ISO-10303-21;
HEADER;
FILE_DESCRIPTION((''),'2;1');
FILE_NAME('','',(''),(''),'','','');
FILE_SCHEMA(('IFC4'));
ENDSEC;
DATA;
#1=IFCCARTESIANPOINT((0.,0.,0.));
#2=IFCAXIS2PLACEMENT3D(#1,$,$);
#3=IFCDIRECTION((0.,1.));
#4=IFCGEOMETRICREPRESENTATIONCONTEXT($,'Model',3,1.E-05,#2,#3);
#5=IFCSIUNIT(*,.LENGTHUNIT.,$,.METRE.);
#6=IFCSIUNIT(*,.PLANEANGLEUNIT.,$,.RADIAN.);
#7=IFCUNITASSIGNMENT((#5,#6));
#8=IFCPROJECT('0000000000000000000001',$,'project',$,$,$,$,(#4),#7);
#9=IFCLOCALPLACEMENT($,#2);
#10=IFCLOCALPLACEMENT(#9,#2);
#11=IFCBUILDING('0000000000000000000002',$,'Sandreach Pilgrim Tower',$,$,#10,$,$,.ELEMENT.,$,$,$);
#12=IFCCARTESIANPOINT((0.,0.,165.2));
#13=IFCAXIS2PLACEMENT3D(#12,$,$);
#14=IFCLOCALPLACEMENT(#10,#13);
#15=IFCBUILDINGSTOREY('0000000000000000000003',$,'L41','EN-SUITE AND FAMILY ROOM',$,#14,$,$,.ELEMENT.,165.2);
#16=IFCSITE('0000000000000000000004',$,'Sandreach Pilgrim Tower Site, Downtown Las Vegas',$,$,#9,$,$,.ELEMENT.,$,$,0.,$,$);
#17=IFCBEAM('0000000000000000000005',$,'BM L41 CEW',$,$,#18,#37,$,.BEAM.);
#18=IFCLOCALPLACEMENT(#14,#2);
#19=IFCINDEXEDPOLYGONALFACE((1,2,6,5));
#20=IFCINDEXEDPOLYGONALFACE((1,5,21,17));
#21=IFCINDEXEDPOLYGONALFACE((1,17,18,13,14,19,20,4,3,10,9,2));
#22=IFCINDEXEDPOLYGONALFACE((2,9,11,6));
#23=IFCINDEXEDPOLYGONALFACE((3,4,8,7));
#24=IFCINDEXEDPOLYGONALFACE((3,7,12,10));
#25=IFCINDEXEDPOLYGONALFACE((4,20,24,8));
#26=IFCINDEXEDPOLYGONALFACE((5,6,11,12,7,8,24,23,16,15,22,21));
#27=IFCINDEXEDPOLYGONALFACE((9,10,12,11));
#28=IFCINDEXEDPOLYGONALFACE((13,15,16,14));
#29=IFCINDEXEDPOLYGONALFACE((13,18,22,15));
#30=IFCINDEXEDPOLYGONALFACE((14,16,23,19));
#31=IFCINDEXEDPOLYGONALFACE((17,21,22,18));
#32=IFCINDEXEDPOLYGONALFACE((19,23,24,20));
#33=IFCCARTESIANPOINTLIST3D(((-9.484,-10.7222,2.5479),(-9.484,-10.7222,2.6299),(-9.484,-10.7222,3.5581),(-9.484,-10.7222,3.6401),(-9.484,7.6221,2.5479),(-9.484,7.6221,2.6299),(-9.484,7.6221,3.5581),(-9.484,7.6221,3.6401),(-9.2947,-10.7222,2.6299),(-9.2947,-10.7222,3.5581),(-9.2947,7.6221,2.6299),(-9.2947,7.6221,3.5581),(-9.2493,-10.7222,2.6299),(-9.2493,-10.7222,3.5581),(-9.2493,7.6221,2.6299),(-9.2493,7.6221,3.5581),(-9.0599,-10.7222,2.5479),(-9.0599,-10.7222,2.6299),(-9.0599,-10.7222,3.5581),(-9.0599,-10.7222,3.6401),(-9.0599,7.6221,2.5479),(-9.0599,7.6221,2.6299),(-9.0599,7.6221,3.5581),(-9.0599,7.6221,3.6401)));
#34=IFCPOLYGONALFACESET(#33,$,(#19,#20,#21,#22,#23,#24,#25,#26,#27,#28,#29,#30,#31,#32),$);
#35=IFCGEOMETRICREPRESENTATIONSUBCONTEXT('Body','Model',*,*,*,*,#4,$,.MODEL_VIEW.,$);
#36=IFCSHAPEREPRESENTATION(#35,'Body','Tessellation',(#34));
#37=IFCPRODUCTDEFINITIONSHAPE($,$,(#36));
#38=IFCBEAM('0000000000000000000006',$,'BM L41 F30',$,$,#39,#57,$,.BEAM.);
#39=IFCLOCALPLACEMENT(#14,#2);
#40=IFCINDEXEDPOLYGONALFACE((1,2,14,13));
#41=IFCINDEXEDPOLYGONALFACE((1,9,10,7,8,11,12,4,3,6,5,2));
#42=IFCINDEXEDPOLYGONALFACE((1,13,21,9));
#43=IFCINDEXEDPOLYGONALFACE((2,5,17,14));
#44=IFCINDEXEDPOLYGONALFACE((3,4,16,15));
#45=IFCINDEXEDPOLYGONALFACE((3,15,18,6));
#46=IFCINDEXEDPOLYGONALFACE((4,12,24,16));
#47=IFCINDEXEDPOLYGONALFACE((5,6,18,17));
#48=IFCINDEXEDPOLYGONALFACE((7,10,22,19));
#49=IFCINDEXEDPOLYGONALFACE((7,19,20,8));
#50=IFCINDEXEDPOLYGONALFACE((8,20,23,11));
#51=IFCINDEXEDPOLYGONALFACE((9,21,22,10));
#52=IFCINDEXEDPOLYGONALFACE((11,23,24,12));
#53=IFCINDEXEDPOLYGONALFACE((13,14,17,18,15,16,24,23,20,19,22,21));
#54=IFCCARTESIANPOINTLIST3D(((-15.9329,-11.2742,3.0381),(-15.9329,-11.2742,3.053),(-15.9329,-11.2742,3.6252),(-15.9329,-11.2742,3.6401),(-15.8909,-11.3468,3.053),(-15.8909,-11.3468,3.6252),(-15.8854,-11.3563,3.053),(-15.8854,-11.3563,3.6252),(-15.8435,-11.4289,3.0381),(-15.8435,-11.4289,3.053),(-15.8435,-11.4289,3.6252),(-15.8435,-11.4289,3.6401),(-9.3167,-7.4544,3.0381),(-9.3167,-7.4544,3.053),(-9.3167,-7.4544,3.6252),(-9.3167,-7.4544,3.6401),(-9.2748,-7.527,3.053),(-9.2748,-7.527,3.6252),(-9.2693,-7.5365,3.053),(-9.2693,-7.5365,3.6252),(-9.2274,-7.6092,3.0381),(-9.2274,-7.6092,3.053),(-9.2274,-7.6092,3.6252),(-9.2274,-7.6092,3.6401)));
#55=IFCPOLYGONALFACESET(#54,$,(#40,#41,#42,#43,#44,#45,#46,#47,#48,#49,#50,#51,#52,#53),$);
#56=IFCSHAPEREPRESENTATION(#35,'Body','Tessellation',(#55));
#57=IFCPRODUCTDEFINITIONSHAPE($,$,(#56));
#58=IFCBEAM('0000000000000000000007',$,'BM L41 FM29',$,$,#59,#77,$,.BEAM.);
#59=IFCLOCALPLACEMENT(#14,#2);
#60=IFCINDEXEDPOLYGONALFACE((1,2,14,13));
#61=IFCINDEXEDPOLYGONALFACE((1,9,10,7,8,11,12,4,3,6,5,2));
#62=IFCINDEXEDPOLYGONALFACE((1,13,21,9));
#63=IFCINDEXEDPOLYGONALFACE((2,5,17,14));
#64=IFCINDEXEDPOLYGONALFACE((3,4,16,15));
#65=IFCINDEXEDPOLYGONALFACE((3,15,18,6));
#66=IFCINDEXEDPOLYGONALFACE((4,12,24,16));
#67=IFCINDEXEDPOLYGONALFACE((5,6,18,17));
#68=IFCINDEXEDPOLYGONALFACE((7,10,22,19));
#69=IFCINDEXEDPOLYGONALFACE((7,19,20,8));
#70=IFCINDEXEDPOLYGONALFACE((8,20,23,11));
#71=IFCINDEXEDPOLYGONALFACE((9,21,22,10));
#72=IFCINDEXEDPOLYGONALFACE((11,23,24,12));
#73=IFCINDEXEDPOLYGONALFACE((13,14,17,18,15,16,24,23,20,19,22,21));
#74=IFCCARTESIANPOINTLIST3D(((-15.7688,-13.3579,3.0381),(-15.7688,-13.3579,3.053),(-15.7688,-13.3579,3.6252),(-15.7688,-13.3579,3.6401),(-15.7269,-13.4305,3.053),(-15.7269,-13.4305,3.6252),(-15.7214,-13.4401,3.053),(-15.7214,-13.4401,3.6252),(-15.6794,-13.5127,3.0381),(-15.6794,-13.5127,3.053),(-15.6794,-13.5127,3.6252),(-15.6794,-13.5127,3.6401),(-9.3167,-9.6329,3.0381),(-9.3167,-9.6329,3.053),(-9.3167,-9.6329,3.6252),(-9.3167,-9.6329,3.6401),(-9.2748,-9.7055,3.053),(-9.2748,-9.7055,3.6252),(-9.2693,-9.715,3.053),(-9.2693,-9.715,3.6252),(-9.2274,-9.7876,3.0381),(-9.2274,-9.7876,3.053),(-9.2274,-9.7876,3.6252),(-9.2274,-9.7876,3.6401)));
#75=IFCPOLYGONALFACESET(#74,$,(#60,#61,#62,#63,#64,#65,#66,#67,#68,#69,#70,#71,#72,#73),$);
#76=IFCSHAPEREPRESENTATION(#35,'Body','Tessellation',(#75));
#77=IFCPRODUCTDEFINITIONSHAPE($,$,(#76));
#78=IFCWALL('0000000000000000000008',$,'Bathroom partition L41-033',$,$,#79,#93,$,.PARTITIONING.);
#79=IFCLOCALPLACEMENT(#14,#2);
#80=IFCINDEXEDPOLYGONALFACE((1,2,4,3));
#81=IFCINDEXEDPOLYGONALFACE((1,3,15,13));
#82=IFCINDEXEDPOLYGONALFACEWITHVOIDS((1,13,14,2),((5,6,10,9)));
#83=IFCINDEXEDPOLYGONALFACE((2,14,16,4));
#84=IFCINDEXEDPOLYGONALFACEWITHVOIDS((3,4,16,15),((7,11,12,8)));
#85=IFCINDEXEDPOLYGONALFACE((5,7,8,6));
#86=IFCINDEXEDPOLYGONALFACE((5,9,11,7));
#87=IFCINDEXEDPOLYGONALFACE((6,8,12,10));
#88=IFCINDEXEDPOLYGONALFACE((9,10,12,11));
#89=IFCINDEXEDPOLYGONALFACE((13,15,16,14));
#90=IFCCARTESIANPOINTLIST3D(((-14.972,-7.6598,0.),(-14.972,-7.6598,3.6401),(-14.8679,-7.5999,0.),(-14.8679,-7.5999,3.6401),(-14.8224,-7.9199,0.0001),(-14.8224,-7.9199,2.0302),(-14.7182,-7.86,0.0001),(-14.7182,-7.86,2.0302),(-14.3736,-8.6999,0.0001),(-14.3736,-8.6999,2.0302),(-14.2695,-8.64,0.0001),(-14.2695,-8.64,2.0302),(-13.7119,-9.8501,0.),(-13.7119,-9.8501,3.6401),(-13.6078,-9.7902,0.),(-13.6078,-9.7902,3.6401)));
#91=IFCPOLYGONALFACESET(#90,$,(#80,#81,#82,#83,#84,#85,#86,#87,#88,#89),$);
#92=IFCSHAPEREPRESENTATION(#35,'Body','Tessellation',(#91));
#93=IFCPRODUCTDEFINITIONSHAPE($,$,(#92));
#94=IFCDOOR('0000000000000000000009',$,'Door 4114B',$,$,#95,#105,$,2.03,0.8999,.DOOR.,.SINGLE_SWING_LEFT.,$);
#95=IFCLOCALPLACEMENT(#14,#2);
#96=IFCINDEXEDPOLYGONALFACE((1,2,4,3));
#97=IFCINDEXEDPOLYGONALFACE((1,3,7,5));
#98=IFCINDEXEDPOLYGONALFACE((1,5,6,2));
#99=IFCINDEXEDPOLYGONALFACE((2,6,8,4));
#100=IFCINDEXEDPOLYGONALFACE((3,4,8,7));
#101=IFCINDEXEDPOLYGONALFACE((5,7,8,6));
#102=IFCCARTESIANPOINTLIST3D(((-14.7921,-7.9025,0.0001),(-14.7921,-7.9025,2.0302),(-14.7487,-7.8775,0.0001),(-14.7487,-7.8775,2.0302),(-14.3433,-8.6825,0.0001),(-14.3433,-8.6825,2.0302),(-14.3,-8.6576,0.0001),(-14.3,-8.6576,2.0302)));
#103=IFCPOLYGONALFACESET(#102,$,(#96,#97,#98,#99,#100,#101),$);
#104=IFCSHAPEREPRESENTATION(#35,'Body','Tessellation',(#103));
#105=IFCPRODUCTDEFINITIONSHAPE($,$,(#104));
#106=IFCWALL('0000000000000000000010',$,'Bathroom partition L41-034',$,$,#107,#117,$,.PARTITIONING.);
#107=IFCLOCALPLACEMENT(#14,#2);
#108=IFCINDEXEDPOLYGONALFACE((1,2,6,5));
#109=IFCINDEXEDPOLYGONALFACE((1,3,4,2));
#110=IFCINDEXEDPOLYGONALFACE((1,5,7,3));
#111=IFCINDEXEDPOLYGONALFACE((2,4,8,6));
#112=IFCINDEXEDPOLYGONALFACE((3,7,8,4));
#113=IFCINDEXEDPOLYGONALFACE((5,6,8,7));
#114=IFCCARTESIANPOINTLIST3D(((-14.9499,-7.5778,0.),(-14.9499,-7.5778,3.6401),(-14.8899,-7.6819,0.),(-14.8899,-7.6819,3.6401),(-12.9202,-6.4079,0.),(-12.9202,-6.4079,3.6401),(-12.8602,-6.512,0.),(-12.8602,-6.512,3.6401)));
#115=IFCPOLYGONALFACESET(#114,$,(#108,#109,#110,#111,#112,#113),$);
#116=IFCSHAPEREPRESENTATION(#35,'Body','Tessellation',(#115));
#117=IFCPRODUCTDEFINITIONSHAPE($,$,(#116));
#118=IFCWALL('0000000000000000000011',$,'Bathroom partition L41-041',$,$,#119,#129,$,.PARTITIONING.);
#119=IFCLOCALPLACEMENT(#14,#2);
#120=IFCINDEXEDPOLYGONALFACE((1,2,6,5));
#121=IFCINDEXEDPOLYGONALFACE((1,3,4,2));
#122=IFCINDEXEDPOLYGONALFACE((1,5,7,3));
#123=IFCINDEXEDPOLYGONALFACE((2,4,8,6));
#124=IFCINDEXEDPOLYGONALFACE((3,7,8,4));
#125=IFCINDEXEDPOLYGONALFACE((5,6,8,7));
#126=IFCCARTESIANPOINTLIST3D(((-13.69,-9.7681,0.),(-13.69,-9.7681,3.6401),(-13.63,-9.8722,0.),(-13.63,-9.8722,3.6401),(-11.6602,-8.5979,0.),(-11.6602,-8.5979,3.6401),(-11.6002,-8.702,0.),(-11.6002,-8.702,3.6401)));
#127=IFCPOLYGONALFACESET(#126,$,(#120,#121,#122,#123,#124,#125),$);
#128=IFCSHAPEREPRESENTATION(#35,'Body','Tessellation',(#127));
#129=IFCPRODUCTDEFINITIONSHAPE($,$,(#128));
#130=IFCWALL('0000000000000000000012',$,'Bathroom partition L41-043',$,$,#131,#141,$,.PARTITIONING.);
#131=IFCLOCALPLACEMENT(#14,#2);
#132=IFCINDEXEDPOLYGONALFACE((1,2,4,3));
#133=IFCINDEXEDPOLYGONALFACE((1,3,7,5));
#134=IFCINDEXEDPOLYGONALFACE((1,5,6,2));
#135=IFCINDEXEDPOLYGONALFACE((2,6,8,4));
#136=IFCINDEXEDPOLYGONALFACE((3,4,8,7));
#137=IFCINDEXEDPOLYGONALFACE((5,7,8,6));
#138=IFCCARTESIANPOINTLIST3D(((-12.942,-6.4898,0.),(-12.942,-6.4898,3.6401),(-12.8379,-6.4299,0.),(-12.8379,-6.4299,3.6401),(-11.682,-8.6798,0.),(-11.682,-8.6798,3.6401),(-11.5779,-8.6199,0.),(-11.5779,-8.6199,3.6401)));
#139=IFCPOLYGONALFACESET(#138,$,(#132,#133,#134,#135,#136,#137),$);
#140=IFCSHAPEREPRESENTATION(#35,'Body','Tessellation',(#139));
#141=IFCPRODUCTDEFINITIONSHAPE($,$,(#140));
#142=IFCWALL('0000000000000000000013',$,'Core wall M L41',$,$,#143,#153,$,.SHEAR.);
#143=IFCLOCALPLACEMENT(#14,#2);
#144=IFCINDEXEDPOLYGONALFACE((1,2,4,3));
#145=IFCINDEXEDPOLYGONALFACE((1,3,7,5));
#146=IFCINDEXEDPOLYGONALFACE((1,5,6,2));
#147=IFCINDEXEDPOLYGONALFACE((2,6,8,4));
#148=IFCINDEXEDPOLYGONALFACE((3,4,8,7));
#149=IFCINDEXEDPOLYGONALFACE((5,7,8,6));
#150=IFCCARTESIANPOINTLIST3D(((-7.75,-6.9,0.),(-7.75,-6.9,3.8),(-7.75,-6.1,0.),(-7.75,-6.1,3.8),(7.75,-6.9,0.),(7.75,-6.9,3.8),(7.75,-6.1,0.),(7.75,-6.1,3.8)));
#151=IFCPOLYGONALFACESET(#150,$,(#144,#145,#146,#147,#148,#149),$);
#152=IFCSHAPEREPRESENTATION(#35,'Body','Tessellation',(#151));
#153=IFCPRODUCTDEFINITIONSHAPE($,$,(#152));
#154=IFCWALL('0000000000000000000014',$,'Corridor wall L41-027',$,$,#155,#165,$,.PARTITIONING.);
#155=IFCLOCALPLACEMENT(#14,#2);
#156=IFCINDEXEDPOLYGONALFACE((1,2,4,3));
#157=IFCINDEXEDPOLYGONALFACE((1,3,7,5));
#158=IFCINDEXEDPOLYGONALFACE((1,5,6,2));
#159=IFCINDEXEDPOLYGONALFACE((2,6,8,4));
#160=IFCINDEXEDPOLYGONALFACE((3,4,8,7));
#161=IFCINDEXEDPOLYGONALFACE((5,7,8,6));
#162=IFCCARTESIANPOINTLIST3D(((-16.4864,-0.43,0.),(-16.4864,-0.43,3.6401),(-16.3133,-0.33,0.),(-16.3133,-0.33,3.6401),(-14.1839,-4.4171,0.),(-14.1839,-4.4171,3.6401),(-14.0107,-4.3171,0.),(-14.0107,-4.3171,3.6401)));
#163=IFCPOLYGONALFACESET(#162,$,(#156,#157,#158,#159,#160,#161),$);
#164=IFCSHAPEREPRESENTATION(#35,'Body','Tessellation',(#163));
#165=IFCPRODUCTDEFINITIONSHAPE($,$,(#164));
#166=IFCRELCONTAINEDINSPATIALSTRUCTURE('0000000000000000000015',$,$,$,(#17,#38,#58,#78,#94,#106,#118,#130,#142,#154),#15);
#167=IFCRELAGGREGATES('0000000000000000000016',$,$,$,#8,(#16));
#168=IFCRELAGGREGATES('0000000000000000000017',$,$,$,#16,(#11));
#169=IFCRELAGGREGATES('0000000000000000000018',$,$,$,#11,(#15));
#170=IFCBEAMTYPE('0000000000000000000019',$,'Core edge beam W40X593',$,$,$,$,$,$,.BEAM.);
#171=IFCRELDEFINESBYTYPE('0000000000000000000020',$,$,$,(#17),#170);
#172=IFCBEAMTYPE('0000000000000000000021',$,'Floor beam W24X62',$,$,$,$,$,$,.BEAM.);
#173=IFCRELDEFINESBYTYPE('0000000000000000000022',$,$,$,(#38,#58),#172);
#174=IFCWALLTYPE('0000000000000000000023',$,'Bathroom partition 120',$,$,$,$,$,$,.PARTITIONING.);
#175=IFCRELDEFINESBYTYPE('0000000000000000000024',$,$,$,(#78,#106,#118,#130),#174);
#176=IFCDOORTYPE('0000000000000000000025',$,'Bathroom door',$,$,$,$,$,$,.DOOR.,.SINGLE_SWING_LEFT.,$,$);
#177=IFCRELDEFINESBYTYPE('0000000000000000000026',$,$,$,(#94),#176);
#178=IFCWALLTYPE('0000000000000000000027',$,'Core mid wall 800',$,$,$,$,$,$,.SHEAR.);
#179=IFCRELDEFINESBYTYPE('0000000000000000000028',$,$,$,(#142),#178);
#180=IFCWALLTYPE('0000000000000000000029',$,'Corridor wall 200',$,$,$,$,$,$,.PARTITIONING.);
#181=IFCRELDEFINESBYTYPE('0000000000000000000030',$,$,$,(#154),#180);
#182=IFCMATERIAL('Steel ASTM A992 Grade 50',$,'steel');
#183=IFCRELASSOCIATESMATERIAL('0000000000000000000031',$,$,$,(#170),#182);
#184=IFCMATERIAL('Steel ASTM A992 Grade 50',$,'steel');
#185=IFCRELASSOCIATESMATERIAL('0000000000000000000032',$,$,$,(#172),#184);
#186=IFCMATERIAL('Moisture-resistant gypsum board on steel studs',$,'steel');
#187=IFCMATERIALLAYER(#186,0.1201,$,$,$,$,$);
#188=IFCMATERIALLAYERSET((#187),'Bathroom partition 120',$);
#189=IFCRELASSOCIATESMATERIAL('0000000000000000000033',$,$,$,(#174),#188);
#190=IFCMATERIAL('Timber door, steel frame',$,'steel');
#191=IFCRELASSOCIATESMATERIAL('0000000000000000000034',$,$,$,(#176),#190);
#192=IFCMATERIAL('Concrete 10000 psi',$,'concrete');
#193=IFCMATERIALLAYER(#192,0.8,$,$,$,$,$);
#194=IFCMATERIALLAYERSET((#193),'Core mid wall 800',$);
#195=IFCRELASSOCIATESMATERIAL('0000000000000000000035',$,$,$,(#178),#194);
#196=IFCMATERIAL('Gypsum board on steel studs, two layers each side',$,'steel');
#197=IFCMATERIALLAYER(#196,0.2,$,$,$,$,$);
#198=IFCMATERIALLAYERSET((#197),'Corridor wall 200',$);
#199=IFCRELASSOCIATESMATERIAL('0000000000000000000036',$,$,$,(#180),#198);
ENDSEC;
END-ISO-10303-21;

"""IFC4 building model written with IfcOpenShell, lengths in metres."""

from ifc_helpers import new_model, si_unit, direction, frame, frame_2d, origin, origin_2d, place, context, subcontext, project, spatial, rectangle, i_section, extrude, material, layer, layer_set, material_profile, profile_set, type_object, element, fill, save


model = new_model("IFC4")

# Units and contexts
model_context = context("Model", 3, precision=1e-05, world=origin(), true_north=direction((0.0, 1.0)))
body_context = subcontext(model_context, "Body", "Model", "MODEL_VIEW")
ifc_project = project(units=[si_unit("LENGTHUNIT", "METRE"), si_unit("PLANEANGLEUNIT", "RADIAN")], contexts=[model_context])

# Site, building, storey
site_placement = place(None, origin())
site = spatial("IfcSite", under=ifc_project, at=site_placement, Name="Sandreach Pilgrim Tower Site, Downtown Las Vegas", CompositionType="ELEMENT", RefElevation=0.0)
building_placement = place(site_placement, origin())
building = spatial("IfcBuilding", under=site, at=building_placement, Name="Sandreach Pilgrim Tower", CompositionType="ELEMENT")
storey_placement = place(building_placement, frame((0.0, 0.0, 165.2)))
storey = spatial("IfcBuildingStorey", under=building, at=storey_placement, Name="L41", Description="EN-SUITE AND FAMILY ROOM", CompositionType="ELEMENT", Elevation=165.2)

# Beams
ifc_material_1 = material(Name="Steel ASTM A992 Grade 50", Category="steel")
ifc_material_profile_1 = material_profile(ifc_material_1, i_section(OverallWidth=0.4241, OverallDepth=1.0923, WebThickness=0.0454, FlangeThickness=0.082, at=origin_2d()), Name="W40X593")
ifc_profile_set_1 = profile_set([ifc_material_profile_1], Name="Steel ASTM A992 Grade 50")
beam_type_1 = type_object("IfcBeamType", Name="Core edge beam W40X593", PredefinedType="BEAM", material=ifc_profile_set_1)
beam_1_placement = place(storey_placement, frame((-9.272, -10.7222, 3.094), z_axis=(0.0, 1.0, 0.0), x_axis=(-1.0, 0.0, 0.0)))
element("IfcBeam", 1, at=beam_1_placement, inside=storey, type_object=beam_type_1, Name="BM L41 CEW", PredefinedType="BEAM", context=body_context, shape_type="SweptSolid", body=[
    extrude(i_section(OverallWidth=0.4241, OverallDepth=1.0923, WebThickness=0.0454, FlangeThickness=0.082, at=origin_2d()), origin(), (0.0, 0.0, 1.0), 18.3442),
])
ifc_material_2 = material(Name="Steel ASTM A992 Grade 50", Category="steel")
ifc_material_profile_2 = material_profile(ifc_material_2, i_section(OverallWidth=0.1787, OverallDepth=0.6021, WebThickness=0.011, FlangeThickness=0.0149, at=origin_2d()), Name="W24X62")
ifc_profile_set_2 = profile_set([ifc_material_profile_2], Name="Steel ASTM A992 Grade 50")
beam_type_2 = type_object("IfcBeamType", Name="Floor beam W24X62", PredefinedType="BEAM", material=ifc_profile_set_2)
beam_2_placement = place(storey_placement, frame((-15.8882, -11.3516, 3.3391), z_axis=(0.866028, 0.499995, 0.0), x_axis=(-0.499995, 0.866028, 0.0)))
element("IfcBeam", 2, at=beam_2_placement, inside=storey, type_object=beam_type_2, Name="BM L41 F30", PredefinedType="BEAM", context=body_context, shape_type="SweptSolid", body=[
    extrude(i_section(OverallWidth=0.1787, OverallDepth=0.6021, WebThickness=0.011, FlangeThickness=0.0149, at=origin_2d()), origin(), (0.0, 0.0, 1.0), 7.6396),
])
beam_3_placement = place(storey_placement, frame((-15.7241, -13.4353, 3.3391), z_axis=(0.866028, 0.499995, 0.0), x_axis=(-0.499995, 0.866028, 0.0)))
element("IfcBeam", 3, at=beam_3_placement, inside=storey, type_object=beam_type_2, Name="BM L41 FM29", PredefinedType="BEAM", context=body_context, shape_type="SweptSolid", body=[
    extrude(i_section(OverallWidth=0.1787, OverallDepth=0.6021, WebThickness=0.011, FlangeThickness=0.0149, at=origin_2d()), origin(), (0.0, 0.0, 1.0), 7.4502),
])

# Wall, opening, door
ifc_material_3 = material(Name="Moisture-resistant gypsum board on steel studs", Category="steel")
ifc_layer_1 = layer(ifc_material_3, 0.1201)
ifc_layer_set_1 = layer_set([ifc_layer_1], Name="Bathroom partition 120")
wall_type_1 = type_object("IfcWallType", Name="Bathroom partition 120", PredefinedType="PARTITIONING", material=ifc_layer_set_1)
wall_1_placement = place(storey_placement, frame((-14.9199, -7.6299, 0.0), z_axis=(0.0, 0.0, 1.0), x_axis=(0.498665, -0.866795, 0.0)))
wall_1 = element("IfcWall", 4, at=wall_1_placement, inside=storey, type_object=wall_type_1, Name="Bathroom partition L41-033", PredefinedType="PARTITIONING", context=body_context, shape_type="SweptSolid", body=[
    extrude(rectangle(XDim=2.5269, YDim=0.1201, at=frame_2d((1.2634, 0.0))), origin(), (0.0, 0.0, 1.0), 3.6401),
])
opening_1_placement = place(wall_1_placement, frame((0.3, 0.0, 0.0)))
opening_1 = element("IfcOpeningElement", 5, at=opening_1_placement, cuts=wall_1, PredefinedType="OPENING", context=body_context, shape_type="SweptSolid", body=[
    extrude(rectangle(XDim=0.8999, YDim=2.03, at=frame_2d((0.45, 1.0151))), frame((0.0, 0.0601, 0.0), z_axis=(0.0, -1.0, 0.0), x_axis=(1.0, 0.0, 0.0)), (0.0, 0.0, 1.0), 0.1201),
])
ifc_material_4 = material(Name="Timber door, steel frame", Category="steel")
door_type_1 = type_object("IfcDoorType", Name="Bathroom door", OperationType="SINGLE_SWING_LEFT", PredefinedType="DOOR", material=ifc_material_4)
door_1_placement = place(opening_1_placement, origin())
door_1 = element("IfcDoor", 6, at=door_1_placement, inside=storey, type_object=door_type_1, Name="Door 4114B", OperationType="SINGLE_SWING_LEFT", OverallHeight=2.03, OverallWidth=0.8999, PredefinedType="DOOR", context=body_context, shape_type="SweptSolid", body=[
    extrude(rectangle(XDim=0.8999, YDim=2.03, at=frame_2d((0.45, 1.0151))), frame((0.0, 0.0249, 0.0), z_axis=(0.0, -1.0, 0.0), x_axis=(1.0, 0.0, 0.0)), (0.0, 0.0, 1.0), 0.05),
])
fill(opening_1, door_1)

# Walls
wall_2_placement = place(storey_placement, frame((-14.9199, -7.6299, 0.0), z_axis=(0.0, 0.0, 1.0), x_axis=(0.86639, 0.499368, 0.0)))
element("IfcWall", 7, at=wall_2_placement, inside=storey, type_object=wall_type_1, Name="Bathroom partition L41-034", PredefinedType="PARTITIONING", context=body_context, shape_type="SweptSolid", body=[
    extrude(rectangle(XDim=2.3428, YDim=0.1201, at=frame_2d((1.1714, 0.0))), origin(), (0.0, 0.0, 1.0), 3.6401),
])
wall_3_placement = place(storey_placement, frame((-13.6599, -9.8201, 0.0), z_axis=(0.0, 0.0, 1.0), x_axis=(0.866345, 0.499446, 0.0)))
element("IfcWall", 8, at=wall_3_placement, inside=storey, type_object=wall_type_1, Name="Bathroom partition L41-041", PredefinedType="PARTITIONING", context=body_context, shape_type="SweptSolid", body=[
    extrude(rectangle(XDim=2.343, YDim=0.1201, at=frame_2d((1.1714, 0.0))), origin(), (0.0, 0.0, 1.0), 3.6401),
])
wall_4_placement = place(storey_placement, frame((-12.8899, -6.46, 0.0), z_axis=(0.0, 0.0, 1.0), x_axis=(0.498707, -0.866771, 0.0)))
element("IfcWall", 9, at=wall_4_placement, inside=storey, type_object=wall_type_1, Name="Bathroom partition L41-043", PredefinedType="PARTITIONING", context=body_context, shape_type="SweptSolid", body=[
    extrude(rectangle(XDim=2.5266, YDim=0.1201, at=frame_2d((1.2632, 0.0))), origin(), (0.0, 0.0, 1.0), 3.6401),
])
ifc_material_5 = material(Name="Concrete 10000 psi", Category="concrete")
ifc_layer_2 = layer(ifc_material_5, 0.8)
ifc_layer_set_2 = layer_set([ifc_layer_2], Name="Core mid wall 800")
wall_type_2 = type_object("IfcWallType", Name="Core mid wall 800", PredefinedType="SHEAR", material=ifc_layer_set_2)
wall_5_placement = place(storey_placement, frame((-7.75, -6.5, 0.0), z_axis=(0.0, 0.0, 1.0), x_axis=(1.0, 0.0, 0.0)))
element("IfcWall", 10, at=wall_5_placement, inside=storey, type_object=wall_type_2, Name="Core wall M L41", PredefinedType="SHEAR", context=body_context, shape_type="SweptSolid", body=[
    extrude(rectangle(XDim=15.5, YDim=0.8, at=frame_2d((7.75, 0.0))), origin(), (0.0, 0.0, 1.0), 3.8),
])

# Wall
ifc_material_6 = material(Name="Gypsum board on steel studs, two layers each side", Category="steel")
ifc_layer_3 = layer(ifc_material_6, 0.2)
ifc_layer_set_3 = layer_set([ifc_layer_3], Name="Corridor wall 200")
wall_type_3 = type_object("IfcWallType", Name="Corridor wall 200", PredefinedType="PARTITIONING", material=ifc_layer_set_3)
wall_6_placement = place(storey_placement, frame((-16.3999, -0.3799, 0.0), z_axis=(0.0, 0.0, 1.0), x_axis=(0.500091, -0.865973, 0.0)))
element("IfcWall", 11, at=wall_6_placement, inside=storey, type_object=wall_type_3, Name="Corridor wall L41-027", PredefinedType="PARTITIONING", context=body_context, shape_type="SweptSolid", body=[
    extrude(rectangle(XDim=4.6042, YDim=0.2, at=frame_2d((2.3022, 0.0))), origin(), (0.0, 0.0, 1.0), 3.6401),
])

save(model, "model.ifc")
